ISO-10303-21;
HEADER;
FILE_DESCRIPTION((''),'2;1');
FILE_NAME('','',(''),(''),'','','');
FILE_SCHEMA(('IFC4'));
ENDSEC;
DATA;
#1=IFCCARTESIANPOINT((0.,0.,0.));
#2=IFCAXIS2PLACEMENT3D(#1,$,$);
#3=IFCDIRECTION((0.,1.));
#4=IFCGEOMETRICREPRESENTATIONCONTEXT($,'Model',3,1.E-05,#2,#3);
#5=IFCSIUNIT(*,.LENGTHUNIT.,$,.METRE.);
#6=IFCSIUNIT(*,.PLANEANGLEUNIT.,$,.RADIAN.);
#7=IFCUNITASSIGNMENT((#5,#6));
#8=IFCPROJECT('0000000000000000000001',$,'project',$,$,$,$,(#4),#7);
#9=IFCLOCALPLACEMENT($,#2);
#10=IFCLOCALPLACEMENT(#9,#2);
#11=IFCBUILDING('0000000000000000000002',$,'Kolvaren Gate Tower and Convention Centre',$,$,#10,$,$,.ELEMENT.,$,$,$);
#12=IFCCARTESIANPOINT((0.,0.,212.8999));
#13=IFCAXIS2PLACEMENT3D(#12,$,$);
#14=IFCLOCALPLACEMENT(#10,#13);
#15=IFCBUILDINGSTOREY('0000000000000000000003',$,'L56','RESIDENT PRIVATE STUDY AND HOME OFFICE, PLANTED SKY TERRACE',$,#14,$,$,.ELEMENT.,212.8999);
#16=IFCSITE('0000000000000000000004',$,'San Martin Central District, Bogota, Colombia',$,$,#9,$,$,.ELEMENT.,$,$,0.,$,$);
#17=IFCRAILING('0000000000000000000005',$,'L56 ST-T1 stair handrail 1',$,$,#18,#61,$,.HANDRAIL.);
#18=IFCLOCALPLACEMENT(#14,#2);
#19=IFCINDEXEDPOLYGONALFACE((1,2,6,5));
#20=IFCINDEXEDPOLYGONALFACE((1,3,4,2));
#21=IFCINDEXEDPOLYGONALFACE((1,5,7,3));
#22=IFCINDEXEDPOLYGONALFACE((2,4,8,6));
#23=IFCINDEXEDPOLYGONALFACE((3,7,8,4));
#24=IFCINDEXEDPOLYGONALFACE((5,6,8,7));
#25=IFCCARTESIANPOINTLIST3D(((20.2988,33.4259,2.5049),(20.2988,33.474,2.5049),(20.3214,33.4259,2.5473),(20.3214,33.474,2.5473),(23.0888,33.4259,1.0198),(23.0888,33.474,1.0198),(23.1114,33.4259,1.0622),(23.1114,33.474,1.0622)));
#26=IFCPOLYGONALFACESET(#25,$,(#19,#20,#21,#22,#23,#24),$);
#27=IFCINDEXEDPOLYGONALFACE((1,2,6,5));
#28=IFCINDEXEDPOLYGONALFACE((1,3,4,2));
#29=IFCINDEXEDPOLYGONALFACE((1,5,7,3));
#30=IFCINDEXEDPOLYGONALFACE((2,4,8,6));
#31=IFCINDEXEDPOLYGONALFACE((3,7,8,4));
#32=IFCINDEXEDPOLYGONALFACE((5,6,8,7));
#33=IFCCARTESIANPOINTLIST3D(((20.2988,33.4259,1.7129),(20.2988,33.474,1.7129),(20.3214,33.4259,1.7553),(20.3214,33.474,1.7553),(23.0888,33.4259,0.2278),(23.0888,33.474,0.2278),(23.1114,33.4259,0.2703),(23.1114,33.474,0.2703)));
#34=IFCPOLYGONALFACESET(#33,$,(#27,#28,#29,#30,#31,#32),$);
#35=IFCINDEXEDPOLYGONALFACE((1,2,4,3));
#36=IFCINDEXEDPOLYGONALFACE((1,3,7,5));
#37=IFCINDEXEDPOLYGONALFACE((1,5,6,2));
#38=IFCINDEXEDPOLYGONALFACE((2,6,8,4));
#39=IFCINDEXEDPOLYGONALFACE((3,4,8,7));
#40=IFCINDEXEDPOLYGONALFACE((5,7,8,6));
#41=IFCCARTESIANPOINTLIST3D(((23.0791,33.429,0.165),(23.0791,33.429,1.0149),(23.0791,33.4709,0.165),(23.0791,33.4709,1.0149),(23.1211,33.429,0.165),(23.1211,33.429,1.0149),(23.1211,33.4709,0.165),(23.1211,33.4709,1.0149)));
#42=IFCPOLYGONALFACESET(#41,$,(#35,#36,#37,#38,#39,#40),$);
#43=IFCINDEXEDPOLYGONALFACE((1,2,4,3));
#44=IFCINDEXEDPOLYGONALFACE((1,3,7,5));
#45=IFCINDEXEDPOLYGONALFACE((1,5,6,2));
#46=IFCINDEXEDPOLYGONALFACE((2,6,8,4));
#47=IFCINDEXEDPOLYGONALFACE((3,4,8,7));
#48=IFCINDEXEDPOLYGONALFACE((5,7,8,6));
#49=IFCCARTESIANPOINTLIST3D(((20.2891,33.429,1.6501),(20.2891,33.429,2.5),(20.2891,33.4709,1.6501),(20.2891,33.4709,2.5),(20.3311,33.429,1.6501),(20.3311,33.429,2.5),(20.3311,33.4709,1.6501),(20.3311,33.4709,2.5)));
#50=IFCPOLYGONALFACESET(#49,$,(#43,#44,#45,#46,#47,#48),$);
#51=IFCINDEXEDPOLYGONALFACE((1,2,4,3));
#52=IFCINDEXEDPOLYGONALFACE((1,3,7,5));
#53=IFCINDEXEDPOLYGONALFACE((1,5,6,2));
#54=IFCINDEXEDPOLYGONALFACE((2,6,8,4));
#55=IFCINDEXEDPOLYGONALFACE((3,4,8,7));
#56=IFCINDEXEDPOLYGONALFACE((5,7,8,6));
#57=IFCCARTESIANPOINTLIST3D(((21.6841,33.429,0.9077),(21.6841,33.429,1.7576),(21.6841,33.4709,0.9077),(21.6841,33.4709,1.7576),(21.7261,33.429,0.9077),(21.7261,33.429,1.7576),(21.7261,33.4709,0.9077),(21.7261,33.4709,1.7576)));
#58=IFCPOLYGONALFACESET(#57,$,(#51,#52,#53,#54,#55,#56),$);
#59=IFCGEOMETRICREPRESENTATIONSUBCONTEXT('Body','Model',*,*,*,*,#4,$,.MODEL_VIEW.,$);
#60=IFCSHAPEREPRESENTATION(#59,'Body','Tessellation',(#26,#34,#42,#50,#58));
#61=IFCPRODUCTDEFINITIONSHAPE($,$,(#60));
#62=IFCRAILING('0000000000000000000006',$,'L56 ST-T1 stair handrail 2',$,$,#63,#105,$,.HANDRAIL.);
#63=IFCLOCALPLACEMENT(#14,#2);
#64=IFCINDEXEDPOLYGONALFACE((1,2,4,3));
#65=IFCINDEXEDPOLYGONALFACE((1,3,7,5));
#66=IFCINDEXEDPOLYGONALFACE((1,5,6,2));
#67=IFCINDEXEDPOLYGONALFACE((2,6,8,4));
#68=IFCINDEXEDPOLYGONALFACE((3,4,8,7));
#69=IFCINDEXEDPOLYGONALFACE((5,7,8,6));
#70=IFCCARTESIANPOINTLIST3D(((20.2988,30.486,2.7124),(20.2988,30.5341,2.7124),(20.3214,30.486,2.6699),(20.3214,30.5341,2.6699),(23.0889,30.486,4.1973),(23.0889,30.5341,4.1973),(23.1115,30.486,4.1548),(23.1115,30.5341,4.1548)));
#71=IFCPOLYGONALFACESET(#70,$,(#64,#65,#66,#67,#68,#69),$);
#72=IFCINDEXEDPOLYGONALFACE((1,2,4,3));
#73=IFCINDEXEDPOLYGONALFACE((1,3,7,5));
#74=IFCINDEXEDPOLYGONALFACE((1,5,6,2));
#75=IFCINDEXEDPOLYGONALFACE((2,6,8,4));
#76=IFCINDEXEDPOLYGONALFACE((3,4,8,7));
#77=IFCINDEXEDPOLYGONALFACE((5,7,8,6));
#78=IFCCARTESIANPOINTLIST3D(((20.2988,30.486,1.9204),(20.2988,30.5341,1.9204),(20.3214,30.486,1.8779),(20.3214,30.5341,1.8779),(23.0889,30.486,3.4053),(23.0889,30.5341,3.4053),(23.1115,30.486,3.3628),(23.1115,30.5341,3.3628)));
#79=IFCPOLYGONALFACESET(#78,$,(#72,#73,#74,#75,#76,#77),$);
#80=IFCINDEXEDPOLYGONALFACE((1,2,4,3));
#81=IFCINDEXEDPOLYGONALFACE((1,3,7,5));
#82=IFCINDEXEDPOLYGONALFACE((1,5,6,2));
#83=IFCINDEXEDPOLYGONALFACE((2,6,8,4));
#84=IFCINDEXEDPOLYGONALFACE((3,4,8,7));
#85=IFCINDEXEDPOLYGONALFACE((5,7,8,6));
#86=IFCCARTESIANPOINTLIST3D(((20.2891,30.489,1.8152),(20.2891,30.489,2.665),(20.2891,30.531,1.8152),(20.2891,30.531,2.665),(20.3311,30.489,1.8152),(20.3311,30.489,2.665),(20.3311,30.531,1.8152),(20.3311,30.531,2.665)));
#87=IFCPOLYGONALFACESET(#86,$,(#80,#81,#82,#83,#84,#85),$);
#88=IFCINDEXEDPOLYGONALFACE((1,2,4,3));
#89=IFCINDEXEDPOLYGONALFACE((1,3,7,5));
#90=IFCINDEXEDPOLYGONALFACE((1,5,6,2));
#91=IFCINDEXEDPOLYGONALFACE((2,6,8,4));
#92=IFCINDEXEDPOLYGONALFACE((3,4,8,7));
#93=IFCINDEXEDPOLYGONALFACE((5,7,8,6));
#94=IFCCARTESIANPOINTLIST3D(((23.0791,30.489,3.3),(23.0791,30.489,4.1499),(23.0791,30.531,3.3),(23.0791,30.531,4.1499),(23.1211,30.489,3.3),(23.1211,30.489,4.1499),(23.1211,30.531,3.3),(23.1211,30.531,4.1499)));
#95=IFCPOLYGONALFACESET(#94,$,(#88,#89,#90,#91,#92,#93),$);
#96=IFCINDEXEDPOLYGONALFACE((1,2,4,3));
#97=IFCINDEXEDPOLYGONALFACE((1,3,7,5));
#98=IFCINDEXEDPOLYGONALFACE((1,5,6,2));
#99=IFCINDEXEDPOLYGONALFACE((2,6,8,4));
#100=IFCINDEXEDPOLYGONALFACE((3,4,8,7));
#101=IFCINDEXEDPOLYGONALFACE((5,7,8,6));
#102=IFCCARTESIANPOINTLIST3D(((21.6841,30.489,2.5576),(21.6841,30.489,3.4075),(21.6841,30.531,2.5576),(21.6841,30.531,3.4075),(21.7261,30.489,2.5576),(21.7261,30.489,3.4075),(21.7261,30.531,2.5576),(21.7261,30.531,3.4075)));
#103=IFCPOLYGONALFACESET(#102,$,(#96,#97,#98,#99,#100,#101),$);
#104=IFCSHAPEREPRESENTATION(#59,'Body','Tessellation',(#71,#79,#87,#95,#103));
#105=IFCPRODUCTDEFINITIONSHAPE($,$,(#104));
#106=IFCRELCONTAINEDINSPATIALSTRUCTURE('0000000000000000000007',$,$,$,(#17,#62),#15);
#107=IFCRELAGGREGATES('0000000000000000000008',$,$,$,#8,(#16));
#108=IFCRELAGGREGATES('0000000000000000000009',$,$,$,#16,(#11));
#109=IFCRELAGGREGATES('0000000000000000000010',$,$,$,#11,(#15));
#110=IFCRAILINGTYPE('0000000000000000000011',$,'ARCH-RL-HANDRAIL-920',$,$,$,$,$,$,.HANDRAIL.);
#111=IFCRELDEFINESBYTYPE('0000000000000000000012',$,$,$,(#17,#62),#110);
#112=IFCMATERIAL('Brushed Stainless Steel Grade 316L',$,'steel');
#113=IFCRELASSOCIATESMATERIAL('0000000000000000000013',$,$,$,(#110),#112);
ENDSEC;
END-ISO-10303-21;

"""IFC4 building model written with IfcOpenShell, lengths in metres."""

from ifc_helpers import new_model, si_unit, direction, frame, origin, origin_2d, place, context, subcontext, project, spatial, rectangle, extrude, material, type_object, element, save


model = new_model("IFC4")

# Units and contexts
model_context = context("Model", 3, precision=1e-05, world=origin(), true_north=direction((0.0, 1.0)))
body_context = subcontext(model_context, "Body", "Model", "MODEL_VIEW")
ifc_project = project(units=[si_unit("LENGTHUNIT", "METRE"), si_unit("PLANEANGLEUNIT", "RADIAN")], contexts=[model_context])

# Site, building, storey
site_placement = place(None, origin())
site = spatial("IfcSite", under=ifc_project, at=site_placement, Name="San Martin Central District, Bogota, Colombia", CompositionType="ELEMENT", RefElevation=0.0)
building_placement = place(site_placement, origin())
building = spatial("IfcBuilding", under=site, at=building_placement, Name="Kolvaren Gate Tower and Convention Centre", CompositionType="ELEMENT")
storey_placement = place(building_placement, frame((0.0, 0.0, 212.8999)))
storey = spatial("IfcBuildingStorey", under=building, at=storey_placement, Name="L56", Description="RESIDENT PRIVATE STUDY AND HOME OFFICE, PLANTED SKY TERRACE", CompositionType="ELEMENT", Elevation=212.8999)

# Railings
ifc_material_1 = material(Name="Brushed Stainless Steel Grade 316L", Category="steel")
railing_type_1 = type_object("IfcRailingType", Name="ARCH-RL-HANDRAIL-920", PredefinedType="HANDRAIL", material=ifc_material_1)
railing_1_placement = place(storey_placement, frame((23.1001, 33.45, 0.165)))
element("IfcRailing", 1, at=railing_1_placement, inside=storey, type_object=railing_type_1, Name="L56 ST-T1 stair handrail 1", PredefinedType="HANDRAIL", context=body_context, shape_type="SweptSolid", body=[
    extrude(rectangle(XDim=0.0481, YDim=0.0481, at=origin_2d()), frame((0.0, 0.0, 0.876), z_axis=(-0.882735, 0.0, 0.46987), x_axis=(0.0, -1.0, 0.0)), (0.0, 0.0, 1.0), 3.1606),
    extrude(rectangle(XDim=0.0481, YDim=0.0481, at=origin_2d()), frame((0.0, 0.0, 0.084), z_axis=(-0.882735, 0.0, 0.46987), x_axis=(0.0, -1.0, 0.0)), (0.0, 0.0, 1.0), 3.1606),
    extrude(rectangle(XDim=0.042, YDim=0.042, at=origin_2d()), origin(), (0.0, 0.0, 1.0), 0.8499),
    extrude(rectangle(XDim=0.042, YDim=0.042, at=origin_2d()), frame((-2.79, 0.0, 1.4851)), (0.0, 0.0, 1.0), 0.8499),
    extrude(rectangle(XDim=0.042, YDim=0.042, at=origin_2d()), frame((-1.395, 0.0, 0.7427)), (0.0, 0.0, 1.0), 0.8499),
])
railing_2_placement = place(storey_placement, frame((20.3101, 30.51, 1.8152)))
element("IfcRailing", 2, at=railing_2_placement, inside=storey, type_object=railing_type_1, Name="L56 ST-T1 stair handrail 2", PredefinedType="HANDRAIL", context=body_context, shape_type="SweptSolid", body=[
    extrude(rectangle(XDim=0.0481, YDim=0.0481, at=origin_2d()), frame((0.0, 0.0, 0.876), z_axis=(0.882767, 0.0, 0.46981), x_axis=(0.0, 1.0, 0.0)), (0.0, 0.0, 1.0), 3.1606),
    extrude(rectangle(XDim=0.0481, YDim=0.0481, at=origin_2d()), frame((0.0, 0.0, 0.084), z_axis=(0.882767, 0.0, 0.46981), x_axis=(0.0, 1.0, 0.0)), (0.0, 0.0, 1.0), 3.1606),
    extrude(rectangle(XDim=0.042, YDim=0.042, at=origin_2d()), origin(), (0.0, 0.0, 1.0), 0.8499),
    extrude(rectangle(XDim=0.042, YDim=0.042, at=origin_2d()), frame((2.79, 0.0, 1.4849)), (0.0, 0.0, 1.0), 0.8499),
    extrude(rectangle(XDim=0.042, YDim=0.042, at=origin_2d()), frame((1.395, 0.0, 0.7424)), (0.0, 0.0, 1.0), 0.8499),
])

save(model, "model.ifc")
